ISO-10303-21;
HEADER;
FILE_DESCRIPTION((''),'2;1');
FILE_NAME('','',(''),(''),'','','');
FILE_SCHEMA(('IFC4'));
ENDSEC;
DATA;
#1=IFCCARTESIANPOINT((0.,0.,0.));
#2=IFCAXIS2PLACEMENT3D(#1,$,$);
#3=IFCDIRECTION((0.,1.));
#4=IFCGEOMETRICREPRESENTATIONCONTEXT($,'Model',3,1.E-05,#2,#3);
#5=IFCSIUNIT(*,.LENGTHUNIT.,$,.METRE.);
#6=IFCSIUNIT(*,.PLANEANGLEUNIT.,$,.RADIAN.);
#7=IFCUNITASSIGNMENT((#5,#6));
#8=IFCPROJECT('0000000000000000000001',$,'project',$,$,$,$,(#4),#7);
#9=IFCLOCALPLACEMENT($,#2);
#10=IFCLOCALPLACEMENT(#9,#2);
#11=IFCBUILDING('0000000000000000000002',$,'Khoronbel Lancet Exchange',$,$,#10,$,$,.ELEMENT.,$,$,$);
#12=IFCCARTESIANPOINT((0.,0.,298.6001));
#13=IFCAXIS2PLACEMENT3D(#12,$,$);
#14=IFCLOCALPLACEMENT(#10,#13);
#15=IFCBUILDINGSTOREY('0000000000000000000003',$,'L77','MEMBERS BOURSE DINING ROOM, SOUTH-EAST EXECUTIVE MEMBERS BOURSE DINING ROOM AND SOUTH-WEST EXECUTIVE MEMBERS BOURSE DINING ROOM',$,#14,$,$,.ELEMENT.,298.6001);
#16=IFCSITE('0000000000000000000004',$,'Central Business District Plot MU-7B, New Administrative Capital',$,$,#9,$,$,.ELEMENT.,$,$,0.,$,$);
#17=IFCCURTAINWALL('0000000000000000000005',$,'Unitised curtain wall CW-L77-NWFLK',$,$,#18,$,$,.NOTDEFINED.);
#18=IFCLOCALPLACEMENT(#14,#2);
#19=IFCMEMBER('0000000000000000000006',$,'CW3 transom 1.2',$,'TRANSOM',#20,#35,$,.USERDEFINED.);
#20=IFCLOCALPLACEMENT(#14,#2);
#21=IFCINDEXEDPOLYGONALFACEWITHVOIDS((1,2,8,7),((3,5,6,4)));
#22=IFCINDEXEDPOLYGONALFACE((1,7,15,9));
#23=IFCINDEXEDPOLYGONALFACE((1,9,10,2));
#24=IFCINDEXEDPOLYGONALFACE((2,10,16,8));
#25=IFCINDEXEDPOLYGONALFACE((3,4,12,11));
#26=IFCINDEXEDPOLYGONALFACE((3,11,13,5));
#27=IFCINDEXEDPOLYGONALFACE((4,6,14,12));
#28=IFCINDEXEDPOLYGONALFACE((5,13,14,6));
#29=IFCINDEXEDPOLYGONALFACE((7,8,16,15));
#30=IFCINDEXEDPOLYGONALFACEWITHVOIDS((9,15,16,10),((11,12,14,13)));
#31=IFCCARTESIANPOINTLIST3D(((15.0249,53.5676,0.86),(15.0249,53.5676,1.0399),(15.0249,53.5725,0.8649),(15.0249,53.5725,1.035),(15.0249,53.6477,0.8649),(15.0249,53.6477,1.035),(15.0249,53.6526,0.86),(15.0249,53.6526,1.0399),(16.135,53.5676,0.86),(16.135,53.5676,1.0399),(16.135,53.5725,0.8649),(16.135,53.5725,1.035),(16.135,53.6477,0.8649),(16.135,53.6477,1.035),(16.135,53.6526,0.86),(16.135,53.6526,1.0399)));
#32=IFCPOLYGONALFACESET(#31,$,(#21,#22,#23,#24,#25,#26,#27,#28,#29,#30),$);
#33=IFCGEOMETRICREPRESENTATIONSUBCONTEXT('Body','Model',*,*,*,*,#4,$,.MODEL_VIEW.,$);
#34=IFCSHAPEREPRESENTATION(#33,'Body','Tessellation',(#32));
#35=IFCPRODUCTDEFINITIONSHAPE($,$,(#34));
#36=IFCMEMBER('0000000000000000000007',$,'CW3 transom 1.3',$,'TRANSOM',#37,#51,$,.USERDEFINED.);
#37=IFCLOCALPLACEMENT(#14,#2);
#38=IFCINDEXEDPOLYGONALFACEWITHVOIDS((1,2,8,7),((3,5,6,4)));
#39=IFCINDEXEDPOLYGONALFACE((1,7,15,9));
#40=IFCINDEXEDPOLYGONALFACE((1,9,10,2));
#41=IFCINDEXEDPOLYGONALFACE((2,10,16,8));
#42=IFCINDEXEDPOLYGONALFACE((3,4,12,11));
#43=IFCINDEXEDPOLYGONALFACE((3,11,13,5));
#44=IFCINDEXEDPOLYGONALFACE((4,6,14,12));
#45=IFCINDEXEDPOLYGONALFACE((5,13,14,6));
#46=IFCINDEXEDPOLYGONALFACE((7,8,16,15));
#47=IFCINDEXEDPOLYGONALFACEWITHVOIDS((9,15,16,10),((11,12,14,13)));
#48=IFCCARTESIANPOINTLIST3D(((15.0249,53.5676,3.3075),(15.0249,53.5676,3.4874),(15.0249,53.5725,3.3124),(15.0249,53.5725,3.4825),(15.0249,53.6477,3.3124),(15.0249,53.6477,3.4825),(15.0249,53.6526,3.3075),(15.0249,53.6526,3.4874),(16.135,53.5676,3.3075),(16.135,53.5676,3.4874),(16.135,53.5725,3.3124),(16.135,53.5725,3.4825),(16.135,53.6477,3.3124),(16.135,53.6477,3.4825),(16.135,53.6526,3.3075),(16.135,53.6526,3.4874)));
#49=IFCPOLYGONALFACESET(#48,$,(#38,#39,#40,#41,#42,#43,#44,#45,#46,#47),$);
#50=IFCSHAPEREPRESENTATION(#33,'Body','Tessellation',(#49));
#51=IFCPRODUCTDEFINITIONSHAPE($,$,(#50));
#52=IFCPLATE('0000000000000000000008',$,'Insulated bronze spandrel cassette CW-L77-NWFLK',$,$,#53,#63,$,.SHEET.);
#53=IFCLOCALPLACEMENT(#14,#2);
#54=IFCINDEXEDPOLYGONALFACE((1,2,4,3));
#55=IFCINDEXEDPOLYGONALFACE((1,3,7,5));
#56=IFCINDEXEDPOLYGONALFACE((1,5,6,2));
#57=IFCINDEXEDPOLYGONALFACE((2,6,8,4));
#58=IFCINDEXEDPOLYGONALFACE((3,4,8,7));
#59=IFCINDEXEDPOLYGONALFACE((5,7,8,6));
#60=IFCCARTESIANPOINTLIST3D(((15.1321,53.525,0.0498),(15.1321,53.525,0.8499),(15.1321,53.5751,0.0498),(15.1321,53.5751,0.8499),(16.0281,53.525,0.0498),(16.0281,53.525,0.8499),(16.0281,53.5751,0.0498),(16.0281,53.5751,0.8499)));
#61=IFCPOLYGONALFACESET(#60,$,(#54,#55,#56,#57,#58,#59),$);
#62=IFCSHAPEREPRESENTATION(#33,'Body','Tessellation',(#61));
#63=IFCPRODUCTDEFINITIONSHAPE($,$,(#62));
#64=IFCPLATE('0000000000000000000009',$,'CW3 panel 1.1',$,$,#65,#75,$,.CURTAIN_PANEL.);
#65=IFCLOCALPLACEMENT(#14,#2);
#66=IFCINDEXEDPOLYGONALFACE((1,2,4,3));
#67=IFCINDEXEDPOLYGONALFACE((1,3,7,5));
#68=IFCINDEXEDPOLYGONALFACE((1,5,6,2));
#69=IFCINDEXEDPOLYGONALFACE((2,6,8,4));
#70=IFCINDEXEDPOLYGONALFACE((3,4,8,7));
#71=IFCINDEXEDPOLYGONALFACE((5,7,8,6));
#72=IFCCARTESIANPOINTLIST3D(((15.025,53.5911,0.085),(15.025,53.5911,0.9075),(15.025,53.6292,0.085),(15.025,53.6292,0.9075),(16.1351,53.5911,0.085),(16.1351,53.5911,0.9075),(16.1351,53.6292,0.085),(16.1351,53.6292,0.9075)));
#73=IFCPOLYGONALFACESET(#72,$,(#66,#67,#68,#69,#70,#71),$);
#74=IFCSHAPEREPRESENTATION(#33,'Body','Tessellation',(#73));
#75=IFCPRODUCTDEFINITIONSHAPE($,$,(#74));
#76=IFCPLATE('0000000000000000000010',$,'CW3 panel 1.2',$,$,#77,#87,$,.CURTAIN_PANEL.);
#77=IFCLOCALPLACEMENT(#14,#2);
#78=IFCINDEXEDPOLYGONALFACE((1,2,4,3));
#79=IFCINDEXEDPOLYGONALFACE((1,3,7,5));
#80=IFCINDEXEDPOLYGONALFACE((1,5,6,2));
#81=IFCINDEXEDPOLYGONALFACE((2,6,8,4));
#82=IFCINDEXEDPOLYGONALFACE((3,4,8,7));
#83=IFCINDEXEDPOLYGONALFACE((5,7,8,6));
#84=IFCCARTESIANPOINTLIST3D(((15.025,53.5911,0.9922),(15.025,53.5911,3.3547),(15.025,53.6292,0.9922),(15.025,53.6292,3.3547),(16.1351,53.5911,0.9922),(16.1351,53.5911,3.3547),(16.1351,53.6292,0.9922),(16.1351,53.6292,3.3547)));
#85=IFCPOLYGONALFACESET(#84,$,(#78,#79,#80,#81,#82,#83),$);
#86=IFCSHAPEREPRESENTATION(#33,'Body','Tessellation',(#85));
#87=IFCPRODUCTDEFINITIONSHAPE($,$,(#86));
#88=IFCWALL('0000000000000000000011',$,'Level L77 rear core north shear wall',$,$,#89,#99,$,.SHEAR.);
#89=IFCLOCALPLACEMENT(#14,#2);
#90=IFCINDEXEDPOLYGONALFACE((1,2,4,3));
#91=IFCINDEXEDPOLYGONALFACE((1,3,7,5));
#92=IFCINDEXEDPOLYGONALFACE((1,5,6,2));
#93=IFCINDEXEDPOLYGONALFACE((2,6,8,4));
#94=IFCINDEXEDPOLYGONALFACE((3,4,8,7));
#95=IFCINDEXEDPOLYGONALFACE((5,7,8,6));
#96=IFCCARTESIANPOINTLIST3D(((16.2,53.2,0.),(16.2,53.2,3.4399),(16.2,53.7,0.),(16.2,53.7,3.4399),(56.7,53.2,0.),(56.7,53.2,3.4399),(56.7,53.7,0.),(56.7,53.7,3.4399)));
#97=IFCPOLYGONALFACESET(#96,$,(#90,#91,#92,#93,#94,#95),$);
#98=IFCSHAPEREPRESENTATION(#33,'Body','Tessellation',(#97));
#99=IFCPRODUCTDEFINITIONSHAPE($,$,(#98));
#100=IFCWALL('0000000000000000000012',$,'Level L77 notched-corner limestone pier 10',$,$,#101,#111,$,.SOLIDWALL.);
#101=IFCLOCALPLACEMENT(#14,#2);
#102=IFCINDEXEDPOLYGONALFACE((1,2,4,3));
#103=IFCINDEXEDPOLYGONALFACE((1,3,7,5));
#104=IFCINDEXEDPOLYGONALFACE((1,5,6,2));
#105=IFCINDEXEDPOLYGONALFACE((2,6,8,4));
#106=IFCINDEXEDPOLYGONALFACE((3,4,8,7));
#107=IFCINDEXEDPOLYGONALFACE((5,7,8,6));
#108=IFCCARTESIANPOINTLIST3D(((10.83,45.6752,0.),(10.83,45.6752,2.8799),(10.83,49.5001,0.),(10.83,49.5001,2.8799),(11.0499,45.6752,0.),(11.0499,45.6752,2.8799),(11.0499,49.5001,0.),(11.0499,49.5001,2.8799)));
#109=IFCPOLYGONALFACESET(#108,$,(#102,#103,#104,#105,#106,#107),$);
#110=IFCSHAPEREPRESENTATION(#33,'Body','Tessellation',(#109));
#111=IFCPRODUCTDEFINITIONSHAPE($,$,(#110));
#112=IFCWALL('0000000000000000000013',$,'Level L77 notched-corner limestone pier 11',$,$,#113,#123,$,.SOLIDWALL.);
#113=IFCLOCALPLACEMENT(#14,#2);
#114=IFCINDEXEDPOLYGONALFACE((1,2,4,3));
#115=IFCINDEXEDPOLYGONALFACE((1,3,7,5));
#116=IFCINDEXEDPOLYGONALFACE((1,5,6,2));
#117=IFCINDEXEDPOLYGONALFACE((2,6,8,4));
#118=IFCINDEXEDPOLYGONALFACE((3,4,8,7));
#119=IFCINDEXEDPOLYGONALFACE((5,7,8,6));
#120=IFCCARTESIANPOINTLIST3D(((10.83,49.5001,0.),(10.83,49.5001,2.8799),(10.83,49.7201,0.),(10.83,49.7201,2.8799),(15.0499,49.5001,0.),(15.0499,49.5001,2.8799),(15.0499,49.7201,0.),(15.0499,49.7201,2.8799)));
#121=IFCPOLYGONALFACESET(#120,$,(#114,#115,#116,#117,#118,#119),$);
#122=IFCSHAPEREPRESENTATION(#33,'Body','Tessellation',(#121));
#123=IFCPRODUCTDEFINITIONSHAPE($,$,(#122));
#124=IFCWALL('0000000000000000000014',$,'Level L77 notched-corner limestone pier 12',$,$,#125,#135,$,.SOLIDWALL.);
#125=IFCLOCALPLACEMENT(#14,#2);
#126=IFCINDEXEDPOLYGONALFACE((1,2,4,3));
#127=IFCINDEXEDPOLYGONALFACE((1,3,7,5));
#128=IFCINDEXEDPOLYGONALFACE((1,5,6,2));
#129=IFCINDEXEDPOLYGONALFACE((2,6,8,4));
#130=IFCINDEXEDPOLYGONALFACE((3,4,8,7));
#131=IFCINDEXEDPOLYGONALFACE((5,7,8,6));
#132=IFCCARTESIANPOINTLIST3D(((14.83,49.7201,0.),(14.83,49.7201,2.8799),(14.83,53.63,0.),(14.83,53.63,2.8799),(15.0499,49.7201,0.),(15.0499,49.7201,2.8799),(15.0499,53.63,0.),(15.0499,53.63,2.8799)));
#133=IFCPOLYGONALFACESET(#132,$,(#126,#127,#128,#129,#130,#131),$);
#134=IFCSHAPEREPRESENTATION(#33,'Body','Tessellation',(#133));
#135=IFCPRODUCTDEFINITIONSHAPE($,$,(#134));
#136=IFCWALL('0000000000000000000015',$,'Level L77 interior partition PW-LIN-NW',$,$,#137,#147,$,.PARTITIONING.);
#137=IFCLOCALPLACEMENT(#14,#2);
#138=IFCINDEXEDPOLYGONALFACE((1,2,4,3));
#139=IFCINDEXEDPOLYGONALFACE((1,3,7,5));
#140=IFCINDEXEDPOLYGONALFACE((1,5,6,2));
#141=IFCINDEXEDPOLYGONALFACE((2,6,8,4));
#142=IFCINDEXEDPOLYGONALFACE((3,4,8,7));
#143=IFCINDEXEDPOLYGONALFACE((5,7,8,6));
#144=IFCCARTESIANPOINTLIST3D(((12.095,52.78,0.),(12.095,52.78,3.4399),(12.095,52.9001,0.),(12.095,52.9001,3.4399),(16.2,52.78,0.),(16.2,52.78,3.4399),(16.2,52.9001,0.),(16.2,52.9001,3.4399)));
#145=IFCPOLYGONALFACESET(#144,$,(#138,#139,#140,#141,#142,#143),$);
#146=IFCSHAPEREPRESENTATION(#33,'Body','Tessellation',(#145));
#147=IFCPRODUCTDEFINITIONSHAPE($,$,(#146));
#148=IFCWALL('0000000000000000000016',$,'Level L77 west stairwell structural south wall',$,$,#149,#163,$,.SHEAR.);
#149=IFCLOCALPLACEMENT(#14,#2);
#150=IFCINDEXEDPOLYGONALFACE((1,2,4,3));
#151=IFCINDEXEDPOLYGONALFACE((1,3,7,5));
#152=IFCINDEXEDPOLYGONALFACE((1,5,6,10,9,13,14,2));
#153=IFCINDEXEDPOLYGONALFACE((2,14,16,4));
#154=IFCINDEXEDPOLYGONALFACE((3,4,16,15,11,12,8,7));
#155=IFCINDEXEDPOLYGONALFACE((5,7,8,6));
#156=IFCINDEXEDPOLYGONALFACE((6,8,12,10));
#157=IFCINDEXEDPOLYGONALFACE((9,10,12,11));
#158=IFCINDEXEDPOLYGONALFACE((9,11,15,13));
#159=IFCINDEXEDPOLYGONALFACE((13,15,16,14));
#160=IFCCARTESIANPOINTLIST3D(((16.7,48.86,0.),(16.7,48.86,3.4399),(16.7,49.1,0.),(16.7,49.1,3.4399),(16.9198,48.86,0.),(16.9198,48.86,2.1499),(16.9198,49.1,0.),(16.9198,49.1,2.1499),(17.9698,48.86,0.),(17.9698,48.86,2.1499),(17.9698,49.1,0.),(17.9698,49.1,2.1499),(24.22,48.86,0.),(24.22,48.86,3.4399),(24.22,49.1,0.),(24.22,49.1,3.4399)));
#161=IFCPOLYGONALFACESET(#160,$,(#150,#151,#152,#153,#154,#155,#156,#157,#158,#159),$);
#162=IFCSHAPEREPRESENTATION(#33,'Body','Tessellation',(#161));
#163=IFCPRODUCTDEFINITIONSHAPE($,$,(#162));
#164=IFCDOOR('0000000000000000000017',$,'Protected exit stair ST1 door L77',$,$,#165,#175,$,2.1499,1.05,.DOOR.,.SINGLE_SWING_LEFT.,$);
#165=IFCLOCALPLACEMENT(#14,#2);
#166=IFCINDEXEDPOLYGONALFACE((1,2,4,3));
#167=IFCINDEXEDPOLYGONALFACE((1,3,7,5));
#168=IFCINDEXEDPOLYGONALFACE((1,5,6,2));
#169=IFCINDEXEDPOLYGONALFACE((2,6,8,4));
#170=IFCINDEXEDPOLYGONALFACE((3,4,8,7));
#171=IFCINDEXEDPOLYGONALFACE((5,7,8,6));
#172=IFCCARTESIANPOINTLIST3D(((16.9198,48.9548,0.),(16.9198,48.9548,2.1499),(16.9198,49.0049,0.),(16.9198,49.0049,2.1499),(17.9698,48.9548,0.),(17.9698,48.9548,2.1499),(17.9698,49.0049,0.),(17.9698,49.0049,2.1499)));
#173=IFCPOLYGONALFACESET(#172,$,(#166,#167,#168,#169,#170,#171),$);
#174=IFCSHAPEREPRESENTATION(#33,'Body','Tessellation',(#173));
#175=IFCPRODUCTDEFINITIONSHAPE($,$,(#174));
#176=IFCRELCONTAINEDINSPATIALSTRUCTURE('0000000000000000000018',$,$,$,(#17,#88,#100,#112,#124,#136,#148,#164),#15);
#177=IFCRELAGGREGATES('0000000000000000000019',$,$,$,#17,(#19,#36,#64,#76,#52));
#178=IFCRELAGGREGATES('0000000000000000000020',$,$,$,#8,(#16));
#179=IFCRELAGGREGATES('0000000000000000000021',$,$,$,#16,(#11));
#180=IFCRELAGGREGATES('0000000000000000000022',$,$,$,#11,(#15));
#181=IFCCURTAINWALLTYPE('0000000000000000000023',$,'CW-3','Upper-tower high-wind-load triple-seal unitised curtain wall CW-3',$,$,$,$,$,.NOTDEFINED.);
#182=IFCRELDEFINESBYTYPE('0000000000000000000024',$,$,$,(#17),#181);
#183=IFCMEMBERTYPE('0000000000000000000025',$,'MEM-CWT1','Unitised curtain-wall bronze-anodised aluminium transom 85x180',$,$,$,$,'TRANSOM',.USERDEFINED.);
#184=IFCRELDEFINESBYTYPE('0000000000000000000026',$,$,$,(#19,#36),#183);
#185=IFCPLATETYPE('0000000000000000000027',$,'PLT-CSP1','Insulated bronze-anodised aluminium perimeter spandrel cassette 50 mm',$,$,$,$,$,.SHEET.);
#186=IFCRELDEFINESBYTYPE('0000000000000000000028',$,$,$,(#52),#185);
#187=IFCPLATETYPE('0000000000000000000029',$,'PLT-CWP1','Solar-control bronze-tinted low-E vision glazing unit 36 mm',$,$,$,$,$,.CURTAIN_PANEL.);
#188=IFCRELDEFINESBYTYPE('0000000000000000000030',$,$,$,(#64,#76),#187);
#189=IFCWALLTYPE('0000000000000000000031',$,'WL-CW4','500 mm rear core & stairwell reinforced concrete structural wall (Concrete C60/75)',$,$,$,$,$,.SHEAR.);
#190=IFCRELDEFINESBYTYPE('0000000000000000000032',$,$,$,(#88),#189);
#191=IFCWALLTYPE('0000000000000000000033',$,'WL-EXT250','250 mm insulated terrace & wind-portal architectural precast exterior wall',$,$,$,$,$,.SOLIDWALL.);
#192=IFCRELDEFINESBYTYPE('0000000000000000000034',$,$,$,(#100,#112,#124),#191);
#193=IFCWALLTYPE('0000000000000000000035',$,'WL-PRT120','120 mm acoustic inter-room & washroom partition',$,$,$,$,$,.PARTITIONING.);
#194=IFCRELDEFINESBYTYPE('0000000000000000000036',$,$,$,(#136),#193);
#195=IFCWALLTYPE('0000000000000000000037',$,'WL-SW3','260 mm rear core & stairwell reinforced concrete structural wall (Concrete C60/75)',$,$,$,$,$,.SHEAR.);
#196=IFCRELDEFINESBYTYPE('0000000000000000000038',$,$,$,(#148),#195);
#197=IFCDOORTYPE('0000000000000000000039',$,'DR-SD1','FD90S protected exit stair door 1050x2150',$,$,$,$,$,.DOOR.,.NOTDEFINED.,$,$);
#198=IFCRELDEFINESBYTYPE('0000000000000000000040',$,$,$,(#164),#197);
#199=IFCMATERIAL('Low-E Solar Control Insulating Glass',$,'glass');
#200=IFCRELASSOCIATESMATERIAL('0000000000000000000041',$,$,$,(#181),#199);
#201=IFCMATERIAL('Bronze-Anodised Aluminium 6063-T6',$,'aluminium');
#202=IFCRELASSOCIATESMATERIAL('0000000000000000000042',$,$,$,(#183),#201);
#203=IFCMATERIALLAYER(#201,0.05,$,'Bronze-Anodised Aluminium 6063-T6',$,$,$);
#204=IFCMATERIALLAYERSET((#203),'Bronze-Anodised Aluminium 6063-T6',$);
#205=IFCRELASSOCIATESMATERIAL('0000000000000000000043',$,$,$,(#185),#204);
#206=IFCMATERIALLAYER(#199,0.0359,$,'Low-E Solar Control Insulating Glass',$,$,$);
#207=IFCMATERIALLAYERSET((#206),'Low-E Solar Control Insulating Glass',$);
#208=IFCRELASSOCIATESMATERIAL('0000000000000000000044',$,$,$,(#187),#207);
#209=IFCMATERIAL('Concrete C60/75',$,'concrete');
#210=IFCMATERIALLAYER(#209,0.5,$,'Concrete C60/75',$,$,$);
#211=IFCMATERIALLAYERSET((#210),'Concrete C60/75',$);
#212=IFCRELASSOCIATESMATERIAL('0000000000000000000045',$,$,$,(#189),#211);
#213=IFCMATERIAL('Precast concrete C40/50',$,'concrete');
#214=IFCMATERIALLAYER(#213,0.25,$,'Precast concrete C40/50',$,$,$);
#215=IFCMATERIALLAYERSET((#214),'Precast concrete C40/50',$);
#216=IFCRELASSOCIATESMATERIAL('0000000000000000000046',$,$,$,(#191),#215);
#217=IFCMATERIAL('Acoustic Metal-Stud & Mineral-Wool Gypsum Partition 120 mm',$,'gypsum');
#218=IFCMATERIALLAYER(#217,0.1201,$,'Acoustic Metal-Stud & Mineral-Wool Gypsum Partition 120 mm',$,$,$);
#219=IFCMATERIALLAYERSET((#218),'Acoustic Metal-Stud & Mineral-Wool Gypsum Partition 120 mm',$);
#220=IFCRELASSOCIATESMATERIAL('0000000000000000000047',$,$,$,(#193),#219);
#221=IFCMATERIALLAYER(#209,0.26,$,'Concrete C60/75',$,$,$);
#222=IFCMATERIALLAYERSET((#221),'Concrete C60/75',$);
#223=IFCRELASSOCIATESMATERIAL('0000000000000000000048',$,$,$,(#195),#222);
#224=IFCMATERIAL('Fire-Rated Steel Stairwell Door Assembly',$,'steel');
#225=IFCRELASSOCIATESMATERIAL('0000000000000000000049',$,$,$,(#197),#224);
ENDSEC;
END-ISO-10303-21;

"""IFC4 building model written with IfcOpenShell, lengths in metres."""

from ifc_helpers import new_model, si_unit, direction, frame, frame_2d, origin, origin_2d, place, context, subcontext, project, spatial, rectangle, hollow_rectangle, extrude, material, layer, layer_set, material_profile, profile_set, type_object, element, fill, aggregate, save


model = new_model("IFC4")

# Units and contexts
model_context = context("Model", 3, precision=1e-05, world=origin(), true_north=direction((0.0, 1.0)))
body_context = subcontext(model_context, "Body", "Model", "MODEL_VIEW")
ifc_project = project(units=[si_unit("LENGTHUNIT", "METRE"), si_unit("PLANEANGLEUNIT", "RADIAN")], contexts=[model_context])

# Site, building, storey
site_placement = place(None, origin())
site = spatial("IfcSite", under=ifc_project, at=site_placement, Name="Central Business District Plot MU-7B, New Administrative Capital", CompositionType="ELEMENT", RefElevation=0.0)
building_placement = place(site_placement, origin())
building = spatial("IfcBuilding", under=site, at=building_placement, Name="Khoronbel Lancet Exchange", CompositionType="ELEMENT")
storey_placement = place(building_placement, frame((0.0, 0.0, 298.6001)))
storey = spatial("IfcBuildingStorey", under=building, at=storey_placement, Name="L77", Description="MEMBERS BOURSE DINING ROOM, SOUTH-EAST EXECUTIVE MEMBERS BOURSE DINING ROOM AND SOUTH-WEST EXECUTIVE MEMBERS BOURSE DINING ROOM", CompositionType="ELEMENT", Elevation=298.6001)

# Curtain wall, members, plates
ifc_material_1 = material(Name="Low-E Solar Control Insulating Glass", Category="glass")
curtain_wall_type = type_object("IfcCurtainWallType", Name="CW-3", Description="Upper-tower high-wind-load triple-seal unitised curtain wall CW-3", PredefinedType="NOTDEFINED", material=ifc_material_1)
curtain_wall_placement = place(storey_placement, origin())
curtain_wall = element("IfcCurtainWall", 1, at=curtain_wall_placement, inside=storey, type_object=curtain_wall_type, Name="Unitised curtain wall CW-L77-NWFLK", PredefinedType="NOTDEFINED")
ifc_material_2 = material(Name="Bronze-Anodised Aluminium 6063-T6", Category="aluminium")
ifc_material_profile_1 = material_profile(ifc_material_2, hollow_rectangle(XDim=0.085, YDim=0.1799, WallThickness=0.0049, at=origin_2d()), Name="ALU TRANSOM 85x180")
ifc_profile_set_1 = profile_set([ifc_material_profile_1], Name="Bronze-Anodised Aluminium 6063-T6")
member_type_1 = type_object("IfcMemberType", Name="MEM-CWT1", Description="Unitised curtain-wall bronze-anodised aluminium transom 85x180", ElementType="TRANSOM", PredefinedType="USERDEFINED", material=ifc_profile_set_1)
member_1_placement = place(storey_placement, frame((16.135, 53.6101, 0.95), z_axis=(-1.0, 0.0, 0.0), x_axis=(0.0, -1.0, 0.0)))
member_1 = element("IfcMember", 2, at=member_1_placement, type_object=member_type_1, Name="CW3 transom 1.2", ObjectType="TRANSOM", PredefinedType="USERDEFINED", context=body_context, shape_type="SweptSolid", body=[
    extrude(hollow_rectangle(XDim=0.085, YDim=0.1799, WallThickness=0.0049, at=origin_2d()), origin(), (0.0, 0.0, 1.0), 1.1101),
])
member_2_placement = place(storey_placement, frame((16.135, 53.6101, 3.3975), z_axis=(-1.0, 0.0, 0.0), x_axis=(0.0, -1.0, 0.0)))
member_2 = element("IfcMember", 3, at=member_2_placement, type_object=member_type_1, Name="CW3 transom 1.3", ObjectType="TRANSOM", PredefinedType="USERDEFINED", context=body_context, shape_type="SweptSolid", body=[
    extrude(hollow_rectangle(XDim=0.085, YDim=0.1799, WallThickness=0.0049, at=origin_2d()), origin(), (0.0, 0.0, 1.0), 1.1101),
])
ifc_layer_1 = layer(ifc_material_2, 0.05, Name="Bronze-Anodised Aluminium 6063-T6")
ifc_layer_set_1 = layer_set([ifc_layer_1], Name="Bronze-Anodised Aluminium 6063-T6")
plate_type_1 = type_object("IfcPlateType", Name="PLT-CSP1", Description="Insulated bronze-anodised aluminium perimeter spandrel cassette 50 mm", PredefinedType="SHEET", material=ifc_layer_set_1)
plate_1_placement = place(storey_placement, frame((15.5801, 53.55, 0.0498), z_axis=(0.0, 0.0, 1.0), x_axis=(-1.0, 0.0, 0.0)))
plate_1 = element("IfcPlate", 4, at=plate_1_placement, type_object=plate_type_1, Name="Insulated bronze spandrel cassette CW-L77-NWFLK", PredefinedType="SHEET", context=body_context, shape_type="SweptSolid", body=[
    extrude(rectangle(XDim=0.896, YDim=0.05, at=origin_2d()), origin(), (0.0, 0.0, 1.0), 0.8),
])
ifc_layer_2 = layer(ifc_material_1, 0.0359, Name="Low-E Solar Control Insulating Glass")
ifc_layer_set_2 = layer_set([ifc_layer_2], Name="Low-E Solar Control Insulating Glass")
plate_type_2 = type_object("IfcPlateType", Name="PLT-CWP1", Description="Solar-control bronze-tinted low-E vision glazing unit 36 mm", PredefinedType="CURTAIN_PANEL", material=ifc_layer_set_2)
plate_2_placement = place(storey_placement, frame((15.5801, 53.6101, 0.085), z_axis=(0.0, 0.0, 1.0), x_axis=(-1.0, 0.0, 0.0)))
plate_2 = element("IfcPlate", 5, at=plate_2_placement, type_object=plate_type_2, Name="CW3 panel 1.1", PredefinedType="CURTAIN_PANEL", context=body_context, shape_type="SweptSolid", body=[
    extrude(rectangle(XDim=1.1101, YDim=0.0381, at=origin_2d()), origin(), (0.0, 0.0, 1.0), 0.8225),
])
plate_3_placement = place(storey_placement, frame((15.5801, 53.6101, 0.9922), z_axis=(0.0, 0.0, 1.0), x_axis=(-1.0, 0.0, 0.0)))
plate_3 = element("IfcPlate", 6, at=plate_3_placement, type_object=plate_type_2, Name="CW3 panel 1.2", PredefinedType="CURTAIN_PANEL", context=body_context, shape_type="SweptSolid", body=[
    extrude(rectangle(XDim=1.1101, YDim=0.0381, at=origin_2d()), origin(), (0.0, 0.0, 1.0), 2.3625),
])
aggregate(curtain_wall, [member_1, member_2, plate_2, plate_3, plate_1])

# Walls
ifc_material_3 = material(Name="Concrete C60/75", Category="concrete")
ifc_layer_3 = layer(ifc_material_3, 0.5, Name="Concrete C60/75")
ifc_layer_set_3 = layer_set([ifc_layer_3], Name="Concrete C60/75")
wall_type_1 = type_object("IfcWallType", Name="WL-CW4", Description="500 mm rear core & stairwell reinforced concrete structural wall (Concrete C60/75)", PredefinedType="SHEAR", material=ifc_layer_set_3)
wall_1_placement = place(storey_placement, frame((16.2, 53.45, 0.0), z_axis=(0.0, 0.0, 1.0), x_axis=(1.0, 0.0, 0.0)))
element("IfcWall", 7, at=wall_1_placement, inside=storey, type_object=wall_type_1, Name="Level L77 rear core north shear wall", PredefinedType="SHEAR", context=body_context, shape_type="SweptSolid", body=[
    extrude(rectangle(XDim=40.5, YDim=0.5, at=frame_2d((20.25, 0.0))), origin(), (0.0, 0.0, 1.0), 3.4399),
])
ifc_material_4 = material(Name="Precast concrete C40/50", Category="concrete")
ifc_layer_4 = layer(ifc_material_4, 0.25, Name="Precast concrete C40/50")
ifc_layer_set_4 = layer_set([ifc_layer_4], Name="Precast concrete C40/50")
wall_type_2 = type_object("IfcWallType", Name="WL-EXT250", Description="250 mm insulated terrace & wind-portal architectural precast exterior wall", PredefinedType="SOLIDWALL", material=ifc_layer_set_4)
wall_2_placement = place(storey_placement, frame((10.9399, 45.675, 0.0), z_axis=(0.0, 0.0, 1.0), x_axis=(0.0, 1.0, 0.0)))
element("IfcWall", 8, at=wall_2_placement, inside=storey, type_object=wall_type_2, Name="Level L77 notched-corner limestone pier 10", PredefinedType="SOLIDWALL", context=body_context, shape_type="SweptSolid", body=[
    extrude(rectangle(XDim=3.825, YDim=0.22, at=frame_2d((1.9126, 0.0))), origin(), (0.0, 0.0, 1.0), 2.8799),
])
wall_3_placement = place(storey_placement, frame((10.8301, 49.6101, 0.0), z_axis=(0.0, 0.0, 1.0), x_axis=(1.0, 0.0, 0.0)))
element("IfcWall", 9, at=wall_3_placement, inside=storey, type_object=wall_type_2, Name="Level L77 notched-corner limestone pier 11", PredefinedType="SOLIDWALL", context=body_context, shape_type="SweptSolid", body=[
    extrude(rectangle(XDim=4.22, YDim=0.22, at=frame_2d((2.1099, 0.0))), origin(), (0.0, 0.0, 1.0), 2.8799),
])
wall_4_placement = place(storey_placement, frame((14.9399, 49.72, 0.0), z_axis=(0.0, 0.0, 1.0), x_axis=(0.0, 1.0, 0.0)))
element("IfcWall", 10, at=wall_4_placement, inside=storey, type_object=wall_type_2, Name="Level L77 notched-corner limestone pier 12", PredefinedType="SOLIDWALL", context=body_context, shape_type="SweptSolid", body=[
    extrude(rectangle(XDim=3.9099, YDim=0.22, at=frame_2d((1.9551, 0.0))), origin(), (0.0, 0.0, 1.0), 2.8799),
])
ifc_material_5 = material(Name="Acoustic Metal-Stud & Mineral-Wool Gypsum Partition 120 mm", Category="gypsum")
ifc_layer_5 = layer(ifc_material_5, 0.1201, Name="Acoustic Metal-Stud & Mineral-Wool Gypsum Partition 120 mm")
ifc_layer_set_5 = layer_set([ifc_layer_5], Name="Acoustic Metal-Stud & Mineral-Wool Gypsum Partition 120 mm")
wall_type_3 = type_object("IfcWallType", Name="WL-PRT120", Description="120 mm acoustic inter-room & washroom partition", PredefinedType="PARTITIONING", material=ifc_layer_set_5)
wall_5_placement = place(storey_placement, frame((12.095, 52.8401, 0.0), z_axis=(0.0, 0.0, 1.0), x_axis=(1.0, 0.0, 0.0)))
element("IfcWall", 11, at=wall_5_placement, inside=storey, type_object=wall_type_3, Name="Level L77 interior partition PW-LIN-NW", PredefinedType="PARTITIONING", context=body_context, shape_type="SweptSolid", body=[
    extrude(rectangle(XDim=4.105, YDim=0.1201, at=frame_2d((2.0525, 0.0))), origin(), (0.0, 0.0, 1.0), 3.4399),
])

# Wall, opening, door
ifc_layer_6 = layer(ifc_material_3, 0.26, Name="Concrete C60/75")
ifc_layer_set_6 = layer_set([ifc_layer_6], Name="Concrete C60/75")
wall_type_4 = type_object("IfcWallType", Name="WL-SW3", Description="260 mm rear core & stairwell reinforced concrete structural wall (Concrete C60/75)", PredefinedType="SHEAR", material=ifc_layer_set_6)
wall_6_placement = place(storey_placement, frame((16.7, 48.98, 0.0), z_axis=(0.0, 0.0, 1.0), x_axis=(1.0, 0.0, 0.0)))
wall_6 = element("IfcWall", 12, at=wall_6_placement, inside=storey, type_object=wall_type_4, Name="Level L77 west stairwell structural south wall", PredefinedType="SHEAR", context=body_context, shape_type="SweptSolid", body=[
    extrude(rectangle(XDim=7.52, YDim=0.24, at=frame_2d((3.76, 0.0))), origin(), (0.0, 0.0, 1.0), 3.4399),
])
opening_placement = place(wall_6_placement, frame((0.22, 0.0, 0.0)))
opening = element("IfcOpeningElement", 13, at=opening_placement, cuts=wall_6, PredefinedType="OPENING", context=body_context, shape_type="SweptSolid", body=[
    extrude(rectangle(XDim=1.05, YDim=2.1499, at=frame_2d((0.5249, 1.075))), frame((0.0, 0.1299, 0.0), z_axis=(0.0, -1.0, 0.0), x_axis=(1.0, 0.0, 0.0)), (0.0, 0.0, 1.0), 0.26),
])
ifc_material_6 = material(Name="Fire-Rated Steel Stairwell Door Assembly", Category="steel")
door_type = type_object("IfcDoorType", Name="DR-SD1", Description="FD90S protected exit stair door 1050x2150", OperationType="NOTDEFINED", PredefinedType="DOOR", material=ifc_material_6)
door_placement = place(opening_placement, origin())
door = element("IfcDoor", 14, at=door_placement, inside=storey, type_object=door_type, Name="Protected exit stair ST1 door L77", OperationType="SINGLE_SWING_LEFT", OverallHeight=2.1499, OverallWidth=1.05, PredefinedType="DOOR", context=body_context, shape_type="SweptSolid", body=[
    extrude(rectangle(XDim=1.05, YDim=2.1499, at=frame_2d((0.5249, 1.075))), frame((0.0, 0.0249, 0.0), z_axis=(0.0, -1.0, 0.0), x_axis=(1.0, 0.0, 0.0)), (0.0, 0.0, 1.0), 0.05),
])
fill(opening, door)

save(model, "model.ifc")
